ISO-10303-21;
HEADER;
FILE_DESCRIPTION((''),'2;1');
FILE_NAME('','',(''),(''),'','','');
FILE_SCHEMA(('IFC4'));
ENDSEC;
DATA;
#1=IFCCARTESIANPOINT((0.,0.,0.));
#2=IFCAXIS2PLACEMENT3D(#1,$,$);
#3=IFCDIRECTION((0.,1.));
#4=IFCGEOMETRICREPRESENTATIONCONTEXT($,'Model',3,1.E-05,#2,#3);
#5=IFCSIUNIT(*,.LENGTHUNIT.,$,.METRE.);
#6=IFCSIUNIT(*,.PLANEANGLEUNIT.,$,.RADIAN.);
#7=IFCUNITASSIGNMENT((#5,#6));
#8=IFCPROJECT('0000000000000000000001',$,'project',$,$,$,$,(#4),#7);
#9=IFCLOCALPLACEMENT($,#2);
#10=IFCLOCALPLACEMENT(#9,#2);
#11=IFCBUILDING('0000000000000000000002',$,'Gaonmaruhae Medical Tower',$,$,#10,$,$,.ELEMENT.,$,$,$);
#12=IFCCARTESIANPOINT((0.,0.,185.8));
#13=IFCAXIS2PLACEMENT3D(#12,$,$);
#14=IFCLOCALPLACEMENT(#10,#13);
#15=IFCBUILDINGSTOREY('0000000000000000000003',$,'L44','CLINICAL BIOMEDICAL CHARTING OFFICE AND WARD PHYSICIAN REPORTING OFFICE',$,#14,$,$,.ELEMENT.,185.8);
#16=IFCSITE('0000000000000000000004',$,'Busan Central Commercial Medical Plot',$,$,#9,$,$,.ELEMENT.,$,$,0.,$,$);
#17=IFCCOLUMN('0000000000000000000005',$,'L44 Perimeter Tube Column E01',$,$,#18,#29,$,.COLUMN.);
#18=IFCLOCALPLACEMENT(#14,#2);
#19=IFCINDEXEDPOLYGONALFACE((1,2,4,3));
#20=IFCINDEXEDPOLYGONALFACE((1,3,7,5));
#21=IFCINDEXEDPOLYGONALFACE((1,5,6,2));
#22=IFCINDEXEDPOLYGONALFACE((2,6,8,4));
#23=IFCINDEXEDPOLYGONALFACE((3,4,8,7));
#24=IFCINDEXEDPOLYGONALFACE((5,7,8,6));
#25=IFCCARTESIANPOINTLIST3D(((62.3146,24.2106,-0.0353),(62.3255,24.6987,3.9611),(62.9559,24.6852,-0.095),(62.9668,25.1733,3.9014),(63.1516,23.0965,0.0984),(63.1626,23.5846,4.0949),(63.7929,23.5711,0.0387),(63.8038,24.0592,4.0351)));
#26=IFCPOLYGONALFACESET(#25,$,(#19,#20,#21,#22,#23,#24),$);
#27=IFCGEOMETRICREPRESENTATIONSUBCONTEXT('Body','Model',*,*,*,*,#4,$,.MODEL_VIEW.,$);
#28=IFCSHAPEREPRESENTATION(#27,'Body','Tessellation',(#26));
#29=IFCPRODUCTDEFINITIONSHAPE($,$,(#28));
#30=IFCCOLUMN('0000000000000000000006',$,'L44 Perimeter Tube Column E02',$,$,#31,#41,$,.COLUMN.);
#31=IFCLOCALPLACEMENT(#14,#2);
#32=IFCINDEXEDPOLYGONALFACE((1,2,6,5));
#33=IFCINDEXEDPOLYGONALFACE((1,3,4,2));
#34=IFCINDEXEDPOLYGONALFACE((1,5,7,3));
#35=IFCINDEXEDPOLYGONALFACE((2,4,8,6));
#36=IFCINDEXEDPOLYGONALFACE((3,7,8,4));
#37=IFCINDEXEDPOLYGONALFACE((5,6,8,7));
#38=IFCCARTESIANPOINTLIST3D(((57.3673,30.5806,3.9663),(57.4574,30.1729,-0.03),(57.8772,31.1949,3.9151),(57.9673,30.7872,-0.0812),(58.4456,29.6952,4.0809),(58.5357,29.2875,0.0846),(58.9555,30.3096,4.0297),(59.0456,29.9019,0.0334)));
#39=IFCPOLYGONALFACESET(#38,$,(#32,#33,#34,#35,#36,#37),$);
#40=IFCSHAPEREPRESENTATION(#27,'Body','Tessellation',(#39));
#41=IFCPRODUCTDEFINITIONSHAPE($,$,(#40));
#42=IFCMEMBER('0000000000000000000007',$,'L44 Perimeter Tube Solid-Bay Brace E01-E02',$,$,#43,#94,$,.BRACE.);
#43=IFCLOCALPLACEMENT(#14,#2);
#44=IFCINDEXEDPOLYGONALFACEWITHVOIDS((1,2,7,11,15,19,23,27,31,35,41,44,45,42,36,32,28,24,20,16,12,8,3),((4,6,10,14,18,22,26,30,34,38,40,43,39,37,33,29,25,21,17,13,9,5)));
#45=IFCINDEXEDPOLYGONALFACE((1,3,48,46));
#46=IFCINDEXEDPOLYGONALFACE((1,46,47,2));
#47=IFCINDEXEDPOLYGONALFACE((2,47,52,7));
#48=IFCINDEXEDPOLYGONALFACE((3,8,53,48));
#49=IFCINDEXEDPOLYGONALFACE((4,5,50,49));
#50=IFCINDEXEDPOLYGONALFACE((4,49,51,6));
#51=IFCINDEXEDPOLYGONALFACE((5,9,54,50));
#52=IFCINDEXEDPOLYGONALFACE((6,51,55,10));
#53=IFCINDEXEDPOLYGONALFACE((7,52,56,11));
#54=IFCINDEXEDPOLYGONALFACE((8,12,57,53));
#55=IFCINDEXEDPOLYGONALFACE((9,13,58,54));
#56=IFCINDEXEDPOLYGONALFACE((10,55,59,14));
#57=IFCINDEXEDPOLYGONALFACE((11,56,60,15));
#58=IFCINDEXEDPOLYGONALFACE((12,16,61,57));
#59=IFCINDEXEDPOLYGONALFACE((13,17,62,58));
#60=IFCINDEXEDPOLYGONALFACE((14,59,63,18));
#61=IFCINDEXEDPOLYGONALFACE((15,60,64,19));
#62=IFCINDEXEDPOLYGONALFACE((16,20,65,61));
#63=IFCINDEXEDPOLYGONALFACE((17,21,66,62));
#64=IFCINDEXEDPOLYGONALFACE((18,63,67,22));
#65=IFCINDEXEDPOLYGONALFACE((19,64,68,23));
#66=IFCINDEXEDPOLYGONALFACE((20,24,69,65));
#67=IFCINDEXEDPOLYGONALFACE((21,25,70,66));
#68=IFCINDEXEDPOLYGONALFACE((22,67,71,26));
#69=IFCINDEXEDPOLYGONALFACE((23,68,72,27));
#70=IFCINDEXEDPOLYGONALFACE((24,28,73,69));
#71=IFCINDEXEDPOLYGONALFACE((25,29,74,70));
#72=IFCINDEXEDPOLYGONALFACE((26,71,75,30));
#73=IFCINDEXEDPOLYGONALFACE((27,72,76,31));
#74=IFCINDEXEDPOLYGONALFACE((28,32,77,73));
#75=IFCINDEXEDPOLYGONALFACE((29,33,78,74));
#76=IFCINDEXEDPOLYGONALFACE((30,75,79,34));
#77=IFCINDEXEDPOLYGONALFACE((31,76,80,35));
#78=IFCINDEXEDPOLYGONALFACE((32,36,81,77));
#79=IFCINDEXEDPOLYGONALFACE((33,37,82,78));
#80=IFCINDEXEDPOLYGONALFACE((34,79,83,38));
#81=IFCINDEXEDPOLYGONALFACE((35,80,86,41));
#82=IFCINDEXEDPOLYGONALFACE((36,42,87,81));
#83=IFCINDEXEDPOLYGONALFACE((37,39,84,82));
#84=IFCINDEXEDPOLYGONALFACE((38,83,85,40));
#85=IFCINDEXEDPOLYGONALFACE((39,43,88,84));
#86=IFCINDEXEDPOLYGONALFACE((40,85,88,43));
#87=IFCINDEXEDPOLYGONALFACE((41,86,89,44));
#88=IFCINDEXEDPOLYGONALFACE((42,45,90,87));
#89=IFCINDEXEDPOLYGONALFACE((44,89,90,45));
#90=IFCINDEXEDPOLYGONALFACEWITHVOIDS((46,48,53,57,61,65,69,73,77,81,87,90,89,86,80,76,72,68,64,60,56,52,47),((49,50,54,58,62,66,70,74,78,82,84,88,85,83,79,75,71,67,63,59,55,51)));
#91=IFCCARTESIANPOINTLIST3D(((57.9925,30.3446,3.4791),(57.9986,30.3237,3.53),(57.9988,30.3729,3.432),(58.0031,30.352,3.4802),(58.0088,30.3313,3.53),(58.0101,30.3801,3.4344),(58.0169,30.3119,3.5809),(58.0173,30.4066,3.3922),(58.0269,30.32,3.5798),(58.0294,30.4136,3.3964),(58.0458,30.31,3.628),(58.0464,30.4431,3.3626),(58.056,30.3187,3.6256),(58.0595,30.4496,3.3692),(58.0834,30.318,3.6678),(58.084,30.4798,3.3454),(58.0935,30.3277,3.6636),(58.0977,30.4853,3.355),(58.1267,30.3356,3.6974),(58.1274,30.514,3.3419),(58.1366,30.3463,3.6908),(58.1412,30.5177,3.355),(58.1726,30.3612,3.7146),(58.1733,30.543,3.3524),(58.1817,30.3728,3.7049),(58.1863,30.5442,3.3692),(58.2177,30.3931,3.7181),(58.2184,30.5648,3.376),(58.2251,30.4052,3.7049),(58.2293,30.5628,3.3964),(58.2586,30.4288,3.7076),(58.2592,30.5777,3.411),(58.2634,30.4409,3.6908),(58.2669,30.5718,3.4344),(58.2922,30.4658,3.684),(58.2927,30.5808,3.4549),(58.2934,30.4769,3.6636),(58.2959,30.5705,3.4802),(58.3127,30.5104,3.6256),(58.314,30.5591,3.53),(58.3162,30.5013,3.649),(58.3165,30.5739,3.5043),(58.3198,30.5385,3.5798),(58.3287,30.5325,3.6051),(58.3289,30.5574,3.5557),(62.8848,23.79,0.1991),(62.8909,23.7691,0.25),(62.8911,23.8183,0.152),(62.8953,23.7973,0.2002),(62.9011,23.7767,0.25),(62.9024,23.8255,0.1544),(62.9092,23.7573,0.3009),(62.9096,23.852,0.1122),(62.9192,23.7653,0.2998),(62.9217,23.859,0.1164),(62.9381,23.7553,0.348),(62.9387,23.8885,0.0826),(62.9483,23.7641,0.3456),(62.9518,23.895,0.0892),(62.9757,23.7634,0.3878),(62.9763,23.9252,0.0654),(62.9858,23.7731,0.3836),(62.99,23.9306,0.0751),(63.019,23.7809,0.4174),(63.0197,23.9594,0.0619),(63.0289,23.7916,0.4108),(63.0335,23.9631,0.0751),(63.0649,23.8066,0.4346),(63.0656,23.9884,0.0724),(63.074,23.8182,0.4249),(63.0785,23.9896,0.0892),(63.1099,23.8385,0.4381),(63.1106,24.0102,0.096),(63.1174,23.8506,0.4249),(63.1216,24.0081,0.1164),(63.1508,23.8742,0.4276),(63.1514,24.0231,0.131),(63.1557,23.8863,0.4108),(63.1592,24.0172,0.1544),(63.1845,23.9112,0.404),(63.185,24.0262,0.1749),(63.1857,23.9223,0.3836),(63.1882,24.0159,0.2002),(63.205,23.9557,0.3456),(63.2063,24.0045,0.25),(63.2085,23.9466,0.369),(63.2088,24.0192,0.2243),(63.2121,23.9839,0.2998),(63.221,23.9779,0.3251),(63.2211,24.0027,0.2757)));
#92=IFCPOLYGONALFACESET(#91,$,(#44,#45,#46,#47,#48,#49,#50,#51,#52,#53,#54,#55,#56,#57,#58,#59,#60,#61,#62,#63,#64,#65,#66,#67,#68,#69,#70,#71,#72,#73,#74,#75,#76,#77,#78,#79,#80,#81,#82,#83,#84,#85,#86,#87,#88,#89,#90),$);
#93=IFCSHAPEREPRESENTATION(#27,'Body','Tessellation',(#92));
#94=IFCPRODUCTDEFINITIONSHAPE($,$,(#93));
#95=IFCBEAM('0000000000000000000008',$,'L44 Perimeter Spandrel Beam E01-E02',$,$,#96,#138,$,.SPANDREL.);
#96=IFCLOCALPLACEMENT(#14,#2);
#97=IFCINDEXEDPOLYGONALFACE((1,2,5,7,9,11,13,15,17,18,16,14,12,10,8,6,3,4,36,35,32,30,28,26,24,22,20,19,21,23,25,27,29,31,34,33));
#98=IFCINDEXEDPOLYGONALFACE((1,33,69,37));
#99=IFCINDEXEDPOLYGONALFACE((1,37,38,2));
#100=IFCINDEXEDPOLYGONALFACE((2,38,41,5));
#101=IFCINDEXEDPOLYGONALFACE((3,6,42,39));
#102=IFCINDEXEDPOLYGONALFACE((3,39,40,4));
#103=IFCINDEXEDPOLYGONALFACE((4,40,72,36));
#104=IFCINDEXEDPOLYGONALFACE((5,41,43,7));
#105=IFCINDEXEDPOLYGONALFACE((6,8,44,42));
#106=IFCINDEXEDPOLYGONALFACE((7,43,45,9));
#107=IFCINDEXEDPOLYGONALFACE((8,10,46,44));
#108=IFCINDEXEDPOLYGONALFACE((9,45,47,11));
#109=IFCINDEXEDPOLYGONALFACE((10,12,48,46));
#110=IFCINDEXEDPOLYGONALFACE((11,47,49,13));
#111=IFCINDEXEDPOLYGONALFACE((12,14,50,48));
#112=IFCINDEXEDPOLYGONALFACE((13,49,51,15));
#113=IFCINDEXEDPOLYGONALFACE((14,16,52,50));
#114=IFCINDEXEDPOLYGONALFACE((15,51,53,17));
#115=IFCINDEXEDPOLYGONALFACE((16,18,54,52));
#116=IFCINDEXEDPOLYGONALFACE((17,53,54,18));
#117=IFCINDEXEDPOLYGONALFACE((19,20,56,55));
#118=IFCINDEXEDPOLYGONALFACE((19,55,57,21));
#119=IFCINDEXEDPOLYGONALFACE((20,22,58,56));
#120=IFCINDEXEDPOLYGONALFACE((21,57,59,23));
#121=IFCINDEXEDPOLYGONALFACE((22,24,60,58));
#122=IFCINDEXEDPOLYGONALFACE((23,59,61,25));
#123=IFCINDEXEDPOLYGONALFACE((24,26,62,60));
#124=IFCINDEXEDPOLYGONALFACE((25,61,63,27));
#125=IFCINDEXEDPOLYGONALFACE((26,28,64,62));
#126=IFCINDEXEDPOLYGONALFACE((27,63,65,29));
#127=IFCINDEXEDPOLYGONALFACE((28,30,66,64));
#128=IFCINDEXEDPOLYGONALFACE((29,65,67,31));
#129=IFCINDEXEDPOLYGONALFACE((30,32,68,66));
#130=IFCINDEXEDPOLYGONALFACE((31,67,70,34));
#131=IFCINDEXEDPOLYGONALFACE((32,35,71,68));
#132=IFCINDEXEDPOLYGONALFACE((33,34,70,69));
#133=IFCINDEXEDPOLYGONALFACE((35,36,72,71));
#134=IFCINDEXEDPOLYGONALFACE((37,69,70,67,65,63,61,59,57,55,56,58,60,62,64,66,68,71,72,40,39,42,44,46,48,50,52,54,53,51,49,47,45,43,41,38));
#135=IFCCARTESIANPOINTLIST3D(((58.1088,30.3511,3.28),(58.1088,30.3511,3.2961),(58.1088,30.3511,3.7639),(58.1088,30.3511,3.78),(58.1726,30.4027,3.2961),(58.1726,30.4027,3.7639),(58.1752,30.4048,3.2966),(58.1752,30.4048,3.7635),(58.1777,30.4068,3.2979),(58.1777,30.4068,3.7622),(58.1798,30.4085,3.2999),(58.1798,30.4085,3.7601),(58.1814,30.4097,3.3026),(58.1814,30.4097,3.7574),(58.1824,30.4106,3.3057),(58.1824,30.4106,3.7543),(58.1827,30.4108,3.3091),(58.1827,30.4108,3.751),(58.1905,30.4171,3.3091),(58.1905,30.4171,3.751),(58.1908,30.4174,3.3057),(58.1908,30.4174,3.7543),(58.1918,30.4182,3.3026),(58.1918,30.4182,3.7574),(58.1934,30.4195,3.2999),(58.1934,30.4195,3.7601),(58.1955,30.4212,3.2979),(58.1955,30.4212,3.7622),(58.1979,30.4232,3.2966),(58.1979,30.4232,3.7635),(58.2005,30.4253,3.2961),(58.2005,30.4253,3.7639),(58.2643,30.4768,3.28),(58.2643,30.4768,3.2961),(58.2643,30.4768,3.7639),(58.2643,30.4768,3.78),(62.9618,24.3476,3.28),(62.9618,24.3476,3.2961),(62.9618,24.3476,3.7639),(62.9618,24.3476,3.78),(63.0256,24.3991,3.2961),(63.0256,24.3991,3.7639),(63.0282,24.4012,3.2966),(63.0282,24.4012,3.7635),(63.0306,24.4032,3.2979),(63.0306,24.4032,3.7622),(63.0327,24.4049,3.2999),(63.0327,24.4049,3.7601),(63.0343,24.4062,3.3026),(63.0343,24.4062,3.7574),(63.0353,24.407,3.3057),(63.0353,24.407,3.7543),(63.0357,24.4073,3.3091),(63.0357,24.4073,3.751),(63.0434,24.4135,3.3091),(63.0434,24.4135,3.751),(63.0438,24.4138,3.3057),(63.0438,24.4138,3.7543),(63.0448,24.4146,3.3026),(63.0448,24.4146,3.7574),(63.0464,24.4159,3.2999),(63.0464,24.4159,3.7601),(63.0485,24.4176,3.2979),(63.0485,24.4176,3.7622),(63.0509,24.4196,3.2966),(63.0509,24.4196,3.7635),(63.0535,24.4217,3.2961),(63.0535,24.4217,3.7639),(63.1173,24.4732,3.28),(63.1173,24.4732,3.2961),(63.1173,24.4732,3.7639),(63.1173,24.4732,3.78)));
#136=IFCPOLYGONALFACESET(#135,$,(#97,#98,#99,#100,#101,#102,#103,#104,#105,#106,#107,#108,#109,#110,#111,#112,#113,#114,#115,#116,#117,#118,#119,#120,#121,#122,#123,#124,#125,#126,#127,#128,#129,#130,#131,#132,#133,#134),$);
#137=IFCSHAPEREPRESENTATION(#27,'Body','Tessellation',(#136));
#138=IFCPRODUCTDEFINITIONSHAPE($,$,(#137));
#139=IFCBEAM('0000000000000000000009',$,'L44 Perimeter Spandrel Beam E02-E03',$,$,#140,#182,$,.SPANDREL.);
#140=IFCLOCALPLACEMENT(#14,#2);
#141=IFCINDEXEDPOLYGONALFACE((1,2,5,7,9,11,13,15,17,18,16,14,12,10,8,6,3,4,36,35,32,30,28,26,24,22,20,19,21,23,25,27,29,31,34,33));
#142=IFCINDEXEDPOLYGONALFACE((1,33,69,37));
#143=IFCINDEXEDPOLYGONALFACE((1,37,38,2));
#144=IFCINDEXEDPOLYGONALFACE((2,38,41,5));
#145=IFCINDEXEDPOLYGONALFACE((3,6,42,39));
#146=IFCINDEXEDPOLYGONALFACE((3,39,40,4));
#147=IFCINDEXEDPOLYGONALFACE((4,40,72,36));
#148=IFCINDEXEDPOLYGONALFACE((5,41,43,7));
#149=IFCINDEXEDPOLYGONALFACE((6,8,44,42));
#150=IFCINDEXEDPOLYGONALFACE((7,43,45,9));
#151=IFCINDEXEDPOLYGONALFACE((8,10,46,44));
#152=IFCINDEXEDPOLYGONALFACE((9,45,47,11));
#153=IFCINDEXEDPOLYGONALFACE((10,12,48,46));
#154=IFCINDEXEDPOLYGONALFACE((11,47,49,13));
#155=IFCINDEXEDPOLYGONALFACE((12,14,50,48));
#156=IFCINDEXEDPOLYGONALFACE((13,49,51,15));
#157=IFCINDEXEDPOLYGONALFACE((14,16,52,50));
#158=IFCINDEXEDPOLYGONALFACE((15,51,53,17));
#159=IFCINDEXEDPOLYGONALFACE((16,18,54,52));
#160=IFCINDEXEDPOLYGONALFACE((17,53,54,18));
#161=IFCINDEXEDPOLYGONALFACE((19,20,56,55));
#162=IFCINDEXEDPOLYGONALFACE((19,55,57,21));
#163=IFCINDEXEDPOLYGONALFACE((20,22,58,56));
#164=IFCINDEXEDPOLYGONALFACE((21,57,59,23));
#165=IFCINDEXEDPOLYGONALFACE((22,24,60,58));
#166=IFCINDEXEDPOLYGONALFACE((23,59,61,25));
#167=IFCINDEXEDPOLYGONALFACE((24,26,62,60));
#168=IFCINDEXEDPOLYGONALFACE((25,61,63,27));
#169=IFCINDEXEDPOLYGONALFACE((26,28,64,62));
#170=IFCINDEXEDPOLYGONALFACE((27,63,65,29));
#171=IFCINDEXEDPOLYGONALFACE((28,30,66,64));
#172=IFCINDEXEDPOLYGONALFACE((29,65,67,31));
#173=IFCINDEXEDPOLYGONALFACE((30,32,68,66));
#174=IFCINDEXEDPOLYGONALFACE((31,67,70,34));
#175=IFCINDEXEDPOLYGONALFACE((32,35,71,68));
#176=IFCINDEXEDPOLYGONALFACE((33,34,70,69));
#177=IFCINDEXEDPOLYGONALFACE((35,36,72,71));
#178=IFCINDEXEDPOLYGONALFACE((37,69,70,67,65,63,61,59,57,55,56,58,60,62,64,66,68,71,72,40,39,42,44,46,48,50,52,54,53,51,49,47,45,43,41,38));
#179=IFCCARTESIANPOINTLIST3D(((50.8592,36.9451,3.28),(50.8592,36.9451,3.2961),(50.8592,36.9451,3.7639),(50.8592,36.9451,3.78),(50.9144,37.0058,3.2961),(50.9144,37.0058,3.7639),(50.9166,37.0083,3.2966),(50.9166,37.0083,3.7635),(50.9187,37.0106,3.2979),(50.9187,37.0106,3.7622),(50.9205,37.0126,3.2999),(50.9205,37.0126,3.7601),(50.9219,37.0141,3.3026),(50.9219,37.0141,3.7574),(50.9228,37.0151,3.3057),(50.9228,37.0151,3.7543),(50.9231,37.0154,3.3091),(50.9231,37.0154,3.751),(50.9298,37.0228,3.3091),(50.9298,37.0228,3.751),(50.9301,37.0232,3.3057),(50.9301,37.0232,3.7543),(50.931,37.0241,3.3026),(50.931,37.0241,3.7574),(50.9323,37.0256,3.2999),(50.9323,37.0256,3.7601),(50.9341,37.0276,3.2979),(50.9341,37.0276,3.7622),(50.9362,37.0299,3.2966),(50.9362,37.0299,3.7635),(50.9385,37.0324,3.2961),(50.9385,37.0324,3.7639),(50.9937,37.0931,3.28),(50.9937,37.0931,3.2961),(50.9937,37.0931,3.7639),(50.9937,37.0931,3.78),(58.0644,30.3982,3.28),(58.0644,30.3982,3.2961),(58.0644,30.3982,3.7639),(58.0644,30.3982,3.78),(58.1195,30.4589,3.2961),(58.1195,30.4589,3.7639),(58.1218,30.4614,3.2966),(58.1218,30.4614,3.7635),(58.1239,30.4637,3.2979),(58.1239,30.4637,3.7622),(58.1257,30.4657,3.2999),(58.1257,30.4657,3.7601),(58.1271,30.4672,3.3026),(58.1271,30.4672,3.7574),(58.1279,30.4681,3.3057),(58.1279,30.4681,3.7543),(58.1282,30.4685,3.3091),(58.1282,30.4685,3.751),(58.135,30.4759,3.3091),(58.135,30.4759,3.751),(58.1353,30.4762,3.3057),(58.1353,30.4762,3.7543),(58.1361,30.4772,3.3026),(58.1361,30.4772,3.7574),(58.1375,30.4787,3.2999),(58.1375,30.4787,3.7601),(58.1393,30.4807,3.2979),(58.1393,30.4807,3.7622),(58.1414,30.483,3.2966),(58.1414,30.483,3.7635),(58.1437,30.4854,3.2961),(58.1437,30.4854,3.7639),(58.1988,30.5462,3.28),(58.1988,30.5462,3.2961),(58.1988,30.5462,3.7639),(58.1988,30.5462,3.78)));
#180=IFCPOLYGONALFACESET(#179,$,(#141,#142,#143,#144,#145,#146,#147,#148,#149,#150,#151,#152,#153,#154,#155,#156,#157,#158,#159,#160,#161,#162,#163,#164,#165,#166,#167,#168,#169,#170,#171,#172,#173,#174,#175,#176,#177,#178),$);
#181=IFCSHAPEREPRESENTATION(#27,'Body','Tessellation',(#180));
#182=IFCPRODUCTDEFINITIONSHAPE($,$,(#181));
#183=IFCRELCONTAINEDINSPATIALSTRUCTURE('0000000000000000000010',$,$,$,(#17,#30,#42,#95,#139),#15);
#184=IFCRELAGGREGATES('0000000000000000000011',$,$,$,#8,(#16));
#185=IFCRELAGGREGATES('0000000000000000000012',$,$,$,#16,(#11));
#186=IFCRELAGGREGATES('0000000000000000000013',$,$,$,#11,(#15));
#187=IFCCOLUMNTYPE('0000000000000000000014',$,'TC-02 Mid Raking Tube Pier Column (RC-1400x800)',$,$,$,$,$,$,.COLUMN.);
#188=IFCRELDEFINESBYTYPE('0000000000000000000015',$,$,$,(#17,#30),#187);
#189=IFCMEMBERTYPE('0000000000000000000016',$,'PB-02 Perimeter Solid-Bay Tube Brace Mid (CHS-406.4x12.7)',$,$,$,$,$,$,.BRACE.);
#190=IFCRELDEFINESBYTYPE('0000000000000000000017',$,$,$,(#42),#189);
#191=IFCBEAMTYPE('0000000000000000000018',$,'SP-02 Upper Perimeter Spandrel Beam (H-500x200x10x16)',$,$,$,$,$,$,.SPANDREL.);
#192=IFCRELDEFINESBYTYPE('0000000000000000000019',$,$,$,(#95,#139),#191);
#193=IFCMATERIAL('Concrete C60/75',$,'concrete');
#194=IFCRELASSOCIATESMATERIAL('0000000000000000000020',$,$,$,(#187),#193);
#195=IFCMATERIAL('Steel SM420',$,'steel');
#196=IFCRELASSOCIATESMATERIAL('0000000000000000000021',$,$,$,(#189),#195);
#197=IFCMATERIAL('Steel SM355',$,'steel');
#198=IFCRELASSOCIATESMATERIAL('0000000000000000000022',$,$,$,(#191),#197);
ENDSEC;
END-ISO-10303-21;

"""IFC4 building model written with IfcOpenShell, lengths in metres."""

from ifc_helpers import new_model, si_unit, direction, frame, origin, origin_2d, place, context, subcontext, project, spatial, rectangle, hollow_circle, i_section, extrude, material, material_profile, profile_set, type_object, element, save


model = new_model("IFC4")

# Units and contexts
model_context = context("Model", 3, precision=1e-05, world=origin(), true_north=direction((0.0, 1.0)))
body_context = subcontext(model_context, "Body", "Model", "MODEL_VIEW")
ifc_project = project(units=[si_unit("LENGTHUNIT", "METRE"), si_unit("PLANEANGLEUNIT", "RADIAN")], contexts=[model_context])

# Site, building, storey
site_placement = place(None, origin())
site = spatial("IfcSite", under=ifc_project, at=site_placement, Name="Busan Central Commercial Medical Plot", CompositionType="ELEMENT", RefElevation=0.0)
building_placement = place(site_placement, origin())
building = spatial("IfcBuilding", under=site, at=building_placement, Name="Gaonmaruhae Medical Tower", CompositionType="ELEMENT")
storey_placement = place(building_placement, frame((0.0, 0.0, 185.8)))
storey = spatial("IfcBuildingStorey", under=building, at=storey_placement, Name="L44", Description="CLINICAL BIOMEDICAL CHARTING OFFICE AND WARD PHYSICIAN REPORTING OFFICE", CompositionType="ELEMENT", Elevation=185.8)

# Columns
ifc_material_1 = material(Name="Concrete C60/75", Category="concrete")
ifc_material_profile_1 = material_profile(ifc_material_1, rectangle(XDim=1.3999, YDim=0.8, at=origin_2d()), Name="RC-1400x800")
ifc_profile_set_1 = profile_set([ifc_material_profile_1], Name="Concrete C60/75")
column_type = type_object("IfcColumnType", Name="TC-02 Mid Raking Tube Pier Column (RC-1400x800)", PredefinedType="COLUMN", material=ifc_profile_set_1)
column_1_placement = place(storey_placement, frame((63.0537, 23.8909, 0.0017), z_axis=(0.002729, 0.12122, 0.992622), x_axis=(0.597902, -0.795854, 0.095547)))
element("IfcColumn", 1, at=column_1_placement, inside=storey, type_object=column_type, Name="L44 Perimeter Tube Column E01", PredefinedType="COLUMN", context=body_context, shape_type="SweptSolid", body=[
    extrude(rectangle(XDim=1.3999, YDim=0.8, at=origin_2d()), origin(), (0.0, 0.0, 1.0), 4.0261),
])
column_2_placement = place(storey_placement, frame((58.2515, 30.0374, 0.0017), z_axis=(-0.022421, 0.10147, 0.994586), x_axis=(0.770257, -0.632454, 0.081888)))
element("IfcColumn", 2, at=column_2_placement, inside=storey, type_object=column_type, Name="L44 Perimeter Tube Column E02", PredefinedType="COLUMN", context=body_context, shape_type="SweptSolid", body=[
    extrude(rectangle(XDim=1.3999, YDim=0.8, at=origin_2d()), origin(), (0.0, 0.0, 1.0), 4.0181),
])

# Member
ifc_material_2 = material(Name="Steel SM420", Category="steel")
ifc_material_profile_2 = material_profile(ifc_material_2, hollow_circle(Radius=0.2031, WallThickness=0.0127, at=origin_2d()), Name="CHS-406.4x12.7")
ifc_profile_set_2 = profile_set([ifc_material_profile_2], Name="Steel SM420")
member_type = type_object("IfcMemberType", Name="PB-02 Perimeter Solid-Bay Tube Brace Mid (CHS-406.4x12.7)", PredefinedType="BRACE", material=ifc_profile_set_2)
member_placement = place(storey_placement, frame((63.0537, 23.8906, 0.25), z_axis=(-0.555168, 0.743807, 0.372208), x_axis=(-0.801388, -0.598145, 0.0)))
element("IfcMember", 3, at=member_placement, inside=storey, type_object=member_type, Name="L44 Perimeter Tube Solid-Bay Brace E01-E02", PredefinedType="BRACE", context=body_context, shape_type="SweptSolid", body=[
    extrude(hollow_circle(Radius=0.2031, WallThickness=0.0127, at=origin_2d()), origin(), (0.0, 0.0, 1.0), 8.8123),
])

# Beams
ifc_material_3 = material(Name="Steel SM355", Category="steel")
ifc_material_profile_3 = material_profile(ifc_material_3, i_section(OverallWidth=0.2, OverallDepth=0.5, WebThickness=0.01, FlangeThickness=0.0161, FilletRadius=0.0129, at=origin_2d()), Name="H-500x200x10x16")
ifc_profile_set_3 = profile_set([ifc_material_profile_3], Name="Steel SM355")
beam_type = type_object("IfcBeamType", Name="SP-02 Upper Perimeter Spandrel Beam (H-500x200x10x16)", PredefinedType="SPANDREL", material=ifc_profile_set_3)
beam_1_placement = place(storey_placement, frame((63.0396, 24.4104, 3.53), z_axis=(-0.628644, 0.777693, 0.0), x_axis=(-0.777693, -0.628644, 0.0)))
element("IfcBeam", 4, at=beam_1_placement, inside=storey, type_object=beam_type, Name="L44 Perimeter Spandrel Beam E01-E02", PredefinedType="SPANDREL", context=body_context, shape_type="SweptSolid", body=[
    extrude(i_section(OverallWidth=0.2, OverallDepth=0.5, WebThickness=0.01, FlangeThickness=0.0161, FilletRadius=0.0129, at=origin_2d()), origin(), (0.0, 0.0, 1.0), 7.7197),
])
beam_2_placement = place(storey_placement, frame((58.1316, 30.4722, 3.53), z_axis=(-0.740103, 0.672493, 0.0), x_axis=(-0.672493, -0.740103, 0.0)))
element("IfcBeam", 5, at=beam_2_placement, inside=storey, type_object=beam_type, Name="L44 Perimeter Spandrel Beam E02-E03", PredefinedType="SPANDREL", context=body_context, shape_type="SweptSolid", body=[
    extrude(i_section(OverallWidth=0.2, OverallDepth=0.5, WebThickness=0.01, FlangeThickness=0.0161, FilletRadius=0.0129, at=origin_2d()), origin(), (0.0, 0.0, 1.0), 9.7354),
])

save(model, "model.ifc")
